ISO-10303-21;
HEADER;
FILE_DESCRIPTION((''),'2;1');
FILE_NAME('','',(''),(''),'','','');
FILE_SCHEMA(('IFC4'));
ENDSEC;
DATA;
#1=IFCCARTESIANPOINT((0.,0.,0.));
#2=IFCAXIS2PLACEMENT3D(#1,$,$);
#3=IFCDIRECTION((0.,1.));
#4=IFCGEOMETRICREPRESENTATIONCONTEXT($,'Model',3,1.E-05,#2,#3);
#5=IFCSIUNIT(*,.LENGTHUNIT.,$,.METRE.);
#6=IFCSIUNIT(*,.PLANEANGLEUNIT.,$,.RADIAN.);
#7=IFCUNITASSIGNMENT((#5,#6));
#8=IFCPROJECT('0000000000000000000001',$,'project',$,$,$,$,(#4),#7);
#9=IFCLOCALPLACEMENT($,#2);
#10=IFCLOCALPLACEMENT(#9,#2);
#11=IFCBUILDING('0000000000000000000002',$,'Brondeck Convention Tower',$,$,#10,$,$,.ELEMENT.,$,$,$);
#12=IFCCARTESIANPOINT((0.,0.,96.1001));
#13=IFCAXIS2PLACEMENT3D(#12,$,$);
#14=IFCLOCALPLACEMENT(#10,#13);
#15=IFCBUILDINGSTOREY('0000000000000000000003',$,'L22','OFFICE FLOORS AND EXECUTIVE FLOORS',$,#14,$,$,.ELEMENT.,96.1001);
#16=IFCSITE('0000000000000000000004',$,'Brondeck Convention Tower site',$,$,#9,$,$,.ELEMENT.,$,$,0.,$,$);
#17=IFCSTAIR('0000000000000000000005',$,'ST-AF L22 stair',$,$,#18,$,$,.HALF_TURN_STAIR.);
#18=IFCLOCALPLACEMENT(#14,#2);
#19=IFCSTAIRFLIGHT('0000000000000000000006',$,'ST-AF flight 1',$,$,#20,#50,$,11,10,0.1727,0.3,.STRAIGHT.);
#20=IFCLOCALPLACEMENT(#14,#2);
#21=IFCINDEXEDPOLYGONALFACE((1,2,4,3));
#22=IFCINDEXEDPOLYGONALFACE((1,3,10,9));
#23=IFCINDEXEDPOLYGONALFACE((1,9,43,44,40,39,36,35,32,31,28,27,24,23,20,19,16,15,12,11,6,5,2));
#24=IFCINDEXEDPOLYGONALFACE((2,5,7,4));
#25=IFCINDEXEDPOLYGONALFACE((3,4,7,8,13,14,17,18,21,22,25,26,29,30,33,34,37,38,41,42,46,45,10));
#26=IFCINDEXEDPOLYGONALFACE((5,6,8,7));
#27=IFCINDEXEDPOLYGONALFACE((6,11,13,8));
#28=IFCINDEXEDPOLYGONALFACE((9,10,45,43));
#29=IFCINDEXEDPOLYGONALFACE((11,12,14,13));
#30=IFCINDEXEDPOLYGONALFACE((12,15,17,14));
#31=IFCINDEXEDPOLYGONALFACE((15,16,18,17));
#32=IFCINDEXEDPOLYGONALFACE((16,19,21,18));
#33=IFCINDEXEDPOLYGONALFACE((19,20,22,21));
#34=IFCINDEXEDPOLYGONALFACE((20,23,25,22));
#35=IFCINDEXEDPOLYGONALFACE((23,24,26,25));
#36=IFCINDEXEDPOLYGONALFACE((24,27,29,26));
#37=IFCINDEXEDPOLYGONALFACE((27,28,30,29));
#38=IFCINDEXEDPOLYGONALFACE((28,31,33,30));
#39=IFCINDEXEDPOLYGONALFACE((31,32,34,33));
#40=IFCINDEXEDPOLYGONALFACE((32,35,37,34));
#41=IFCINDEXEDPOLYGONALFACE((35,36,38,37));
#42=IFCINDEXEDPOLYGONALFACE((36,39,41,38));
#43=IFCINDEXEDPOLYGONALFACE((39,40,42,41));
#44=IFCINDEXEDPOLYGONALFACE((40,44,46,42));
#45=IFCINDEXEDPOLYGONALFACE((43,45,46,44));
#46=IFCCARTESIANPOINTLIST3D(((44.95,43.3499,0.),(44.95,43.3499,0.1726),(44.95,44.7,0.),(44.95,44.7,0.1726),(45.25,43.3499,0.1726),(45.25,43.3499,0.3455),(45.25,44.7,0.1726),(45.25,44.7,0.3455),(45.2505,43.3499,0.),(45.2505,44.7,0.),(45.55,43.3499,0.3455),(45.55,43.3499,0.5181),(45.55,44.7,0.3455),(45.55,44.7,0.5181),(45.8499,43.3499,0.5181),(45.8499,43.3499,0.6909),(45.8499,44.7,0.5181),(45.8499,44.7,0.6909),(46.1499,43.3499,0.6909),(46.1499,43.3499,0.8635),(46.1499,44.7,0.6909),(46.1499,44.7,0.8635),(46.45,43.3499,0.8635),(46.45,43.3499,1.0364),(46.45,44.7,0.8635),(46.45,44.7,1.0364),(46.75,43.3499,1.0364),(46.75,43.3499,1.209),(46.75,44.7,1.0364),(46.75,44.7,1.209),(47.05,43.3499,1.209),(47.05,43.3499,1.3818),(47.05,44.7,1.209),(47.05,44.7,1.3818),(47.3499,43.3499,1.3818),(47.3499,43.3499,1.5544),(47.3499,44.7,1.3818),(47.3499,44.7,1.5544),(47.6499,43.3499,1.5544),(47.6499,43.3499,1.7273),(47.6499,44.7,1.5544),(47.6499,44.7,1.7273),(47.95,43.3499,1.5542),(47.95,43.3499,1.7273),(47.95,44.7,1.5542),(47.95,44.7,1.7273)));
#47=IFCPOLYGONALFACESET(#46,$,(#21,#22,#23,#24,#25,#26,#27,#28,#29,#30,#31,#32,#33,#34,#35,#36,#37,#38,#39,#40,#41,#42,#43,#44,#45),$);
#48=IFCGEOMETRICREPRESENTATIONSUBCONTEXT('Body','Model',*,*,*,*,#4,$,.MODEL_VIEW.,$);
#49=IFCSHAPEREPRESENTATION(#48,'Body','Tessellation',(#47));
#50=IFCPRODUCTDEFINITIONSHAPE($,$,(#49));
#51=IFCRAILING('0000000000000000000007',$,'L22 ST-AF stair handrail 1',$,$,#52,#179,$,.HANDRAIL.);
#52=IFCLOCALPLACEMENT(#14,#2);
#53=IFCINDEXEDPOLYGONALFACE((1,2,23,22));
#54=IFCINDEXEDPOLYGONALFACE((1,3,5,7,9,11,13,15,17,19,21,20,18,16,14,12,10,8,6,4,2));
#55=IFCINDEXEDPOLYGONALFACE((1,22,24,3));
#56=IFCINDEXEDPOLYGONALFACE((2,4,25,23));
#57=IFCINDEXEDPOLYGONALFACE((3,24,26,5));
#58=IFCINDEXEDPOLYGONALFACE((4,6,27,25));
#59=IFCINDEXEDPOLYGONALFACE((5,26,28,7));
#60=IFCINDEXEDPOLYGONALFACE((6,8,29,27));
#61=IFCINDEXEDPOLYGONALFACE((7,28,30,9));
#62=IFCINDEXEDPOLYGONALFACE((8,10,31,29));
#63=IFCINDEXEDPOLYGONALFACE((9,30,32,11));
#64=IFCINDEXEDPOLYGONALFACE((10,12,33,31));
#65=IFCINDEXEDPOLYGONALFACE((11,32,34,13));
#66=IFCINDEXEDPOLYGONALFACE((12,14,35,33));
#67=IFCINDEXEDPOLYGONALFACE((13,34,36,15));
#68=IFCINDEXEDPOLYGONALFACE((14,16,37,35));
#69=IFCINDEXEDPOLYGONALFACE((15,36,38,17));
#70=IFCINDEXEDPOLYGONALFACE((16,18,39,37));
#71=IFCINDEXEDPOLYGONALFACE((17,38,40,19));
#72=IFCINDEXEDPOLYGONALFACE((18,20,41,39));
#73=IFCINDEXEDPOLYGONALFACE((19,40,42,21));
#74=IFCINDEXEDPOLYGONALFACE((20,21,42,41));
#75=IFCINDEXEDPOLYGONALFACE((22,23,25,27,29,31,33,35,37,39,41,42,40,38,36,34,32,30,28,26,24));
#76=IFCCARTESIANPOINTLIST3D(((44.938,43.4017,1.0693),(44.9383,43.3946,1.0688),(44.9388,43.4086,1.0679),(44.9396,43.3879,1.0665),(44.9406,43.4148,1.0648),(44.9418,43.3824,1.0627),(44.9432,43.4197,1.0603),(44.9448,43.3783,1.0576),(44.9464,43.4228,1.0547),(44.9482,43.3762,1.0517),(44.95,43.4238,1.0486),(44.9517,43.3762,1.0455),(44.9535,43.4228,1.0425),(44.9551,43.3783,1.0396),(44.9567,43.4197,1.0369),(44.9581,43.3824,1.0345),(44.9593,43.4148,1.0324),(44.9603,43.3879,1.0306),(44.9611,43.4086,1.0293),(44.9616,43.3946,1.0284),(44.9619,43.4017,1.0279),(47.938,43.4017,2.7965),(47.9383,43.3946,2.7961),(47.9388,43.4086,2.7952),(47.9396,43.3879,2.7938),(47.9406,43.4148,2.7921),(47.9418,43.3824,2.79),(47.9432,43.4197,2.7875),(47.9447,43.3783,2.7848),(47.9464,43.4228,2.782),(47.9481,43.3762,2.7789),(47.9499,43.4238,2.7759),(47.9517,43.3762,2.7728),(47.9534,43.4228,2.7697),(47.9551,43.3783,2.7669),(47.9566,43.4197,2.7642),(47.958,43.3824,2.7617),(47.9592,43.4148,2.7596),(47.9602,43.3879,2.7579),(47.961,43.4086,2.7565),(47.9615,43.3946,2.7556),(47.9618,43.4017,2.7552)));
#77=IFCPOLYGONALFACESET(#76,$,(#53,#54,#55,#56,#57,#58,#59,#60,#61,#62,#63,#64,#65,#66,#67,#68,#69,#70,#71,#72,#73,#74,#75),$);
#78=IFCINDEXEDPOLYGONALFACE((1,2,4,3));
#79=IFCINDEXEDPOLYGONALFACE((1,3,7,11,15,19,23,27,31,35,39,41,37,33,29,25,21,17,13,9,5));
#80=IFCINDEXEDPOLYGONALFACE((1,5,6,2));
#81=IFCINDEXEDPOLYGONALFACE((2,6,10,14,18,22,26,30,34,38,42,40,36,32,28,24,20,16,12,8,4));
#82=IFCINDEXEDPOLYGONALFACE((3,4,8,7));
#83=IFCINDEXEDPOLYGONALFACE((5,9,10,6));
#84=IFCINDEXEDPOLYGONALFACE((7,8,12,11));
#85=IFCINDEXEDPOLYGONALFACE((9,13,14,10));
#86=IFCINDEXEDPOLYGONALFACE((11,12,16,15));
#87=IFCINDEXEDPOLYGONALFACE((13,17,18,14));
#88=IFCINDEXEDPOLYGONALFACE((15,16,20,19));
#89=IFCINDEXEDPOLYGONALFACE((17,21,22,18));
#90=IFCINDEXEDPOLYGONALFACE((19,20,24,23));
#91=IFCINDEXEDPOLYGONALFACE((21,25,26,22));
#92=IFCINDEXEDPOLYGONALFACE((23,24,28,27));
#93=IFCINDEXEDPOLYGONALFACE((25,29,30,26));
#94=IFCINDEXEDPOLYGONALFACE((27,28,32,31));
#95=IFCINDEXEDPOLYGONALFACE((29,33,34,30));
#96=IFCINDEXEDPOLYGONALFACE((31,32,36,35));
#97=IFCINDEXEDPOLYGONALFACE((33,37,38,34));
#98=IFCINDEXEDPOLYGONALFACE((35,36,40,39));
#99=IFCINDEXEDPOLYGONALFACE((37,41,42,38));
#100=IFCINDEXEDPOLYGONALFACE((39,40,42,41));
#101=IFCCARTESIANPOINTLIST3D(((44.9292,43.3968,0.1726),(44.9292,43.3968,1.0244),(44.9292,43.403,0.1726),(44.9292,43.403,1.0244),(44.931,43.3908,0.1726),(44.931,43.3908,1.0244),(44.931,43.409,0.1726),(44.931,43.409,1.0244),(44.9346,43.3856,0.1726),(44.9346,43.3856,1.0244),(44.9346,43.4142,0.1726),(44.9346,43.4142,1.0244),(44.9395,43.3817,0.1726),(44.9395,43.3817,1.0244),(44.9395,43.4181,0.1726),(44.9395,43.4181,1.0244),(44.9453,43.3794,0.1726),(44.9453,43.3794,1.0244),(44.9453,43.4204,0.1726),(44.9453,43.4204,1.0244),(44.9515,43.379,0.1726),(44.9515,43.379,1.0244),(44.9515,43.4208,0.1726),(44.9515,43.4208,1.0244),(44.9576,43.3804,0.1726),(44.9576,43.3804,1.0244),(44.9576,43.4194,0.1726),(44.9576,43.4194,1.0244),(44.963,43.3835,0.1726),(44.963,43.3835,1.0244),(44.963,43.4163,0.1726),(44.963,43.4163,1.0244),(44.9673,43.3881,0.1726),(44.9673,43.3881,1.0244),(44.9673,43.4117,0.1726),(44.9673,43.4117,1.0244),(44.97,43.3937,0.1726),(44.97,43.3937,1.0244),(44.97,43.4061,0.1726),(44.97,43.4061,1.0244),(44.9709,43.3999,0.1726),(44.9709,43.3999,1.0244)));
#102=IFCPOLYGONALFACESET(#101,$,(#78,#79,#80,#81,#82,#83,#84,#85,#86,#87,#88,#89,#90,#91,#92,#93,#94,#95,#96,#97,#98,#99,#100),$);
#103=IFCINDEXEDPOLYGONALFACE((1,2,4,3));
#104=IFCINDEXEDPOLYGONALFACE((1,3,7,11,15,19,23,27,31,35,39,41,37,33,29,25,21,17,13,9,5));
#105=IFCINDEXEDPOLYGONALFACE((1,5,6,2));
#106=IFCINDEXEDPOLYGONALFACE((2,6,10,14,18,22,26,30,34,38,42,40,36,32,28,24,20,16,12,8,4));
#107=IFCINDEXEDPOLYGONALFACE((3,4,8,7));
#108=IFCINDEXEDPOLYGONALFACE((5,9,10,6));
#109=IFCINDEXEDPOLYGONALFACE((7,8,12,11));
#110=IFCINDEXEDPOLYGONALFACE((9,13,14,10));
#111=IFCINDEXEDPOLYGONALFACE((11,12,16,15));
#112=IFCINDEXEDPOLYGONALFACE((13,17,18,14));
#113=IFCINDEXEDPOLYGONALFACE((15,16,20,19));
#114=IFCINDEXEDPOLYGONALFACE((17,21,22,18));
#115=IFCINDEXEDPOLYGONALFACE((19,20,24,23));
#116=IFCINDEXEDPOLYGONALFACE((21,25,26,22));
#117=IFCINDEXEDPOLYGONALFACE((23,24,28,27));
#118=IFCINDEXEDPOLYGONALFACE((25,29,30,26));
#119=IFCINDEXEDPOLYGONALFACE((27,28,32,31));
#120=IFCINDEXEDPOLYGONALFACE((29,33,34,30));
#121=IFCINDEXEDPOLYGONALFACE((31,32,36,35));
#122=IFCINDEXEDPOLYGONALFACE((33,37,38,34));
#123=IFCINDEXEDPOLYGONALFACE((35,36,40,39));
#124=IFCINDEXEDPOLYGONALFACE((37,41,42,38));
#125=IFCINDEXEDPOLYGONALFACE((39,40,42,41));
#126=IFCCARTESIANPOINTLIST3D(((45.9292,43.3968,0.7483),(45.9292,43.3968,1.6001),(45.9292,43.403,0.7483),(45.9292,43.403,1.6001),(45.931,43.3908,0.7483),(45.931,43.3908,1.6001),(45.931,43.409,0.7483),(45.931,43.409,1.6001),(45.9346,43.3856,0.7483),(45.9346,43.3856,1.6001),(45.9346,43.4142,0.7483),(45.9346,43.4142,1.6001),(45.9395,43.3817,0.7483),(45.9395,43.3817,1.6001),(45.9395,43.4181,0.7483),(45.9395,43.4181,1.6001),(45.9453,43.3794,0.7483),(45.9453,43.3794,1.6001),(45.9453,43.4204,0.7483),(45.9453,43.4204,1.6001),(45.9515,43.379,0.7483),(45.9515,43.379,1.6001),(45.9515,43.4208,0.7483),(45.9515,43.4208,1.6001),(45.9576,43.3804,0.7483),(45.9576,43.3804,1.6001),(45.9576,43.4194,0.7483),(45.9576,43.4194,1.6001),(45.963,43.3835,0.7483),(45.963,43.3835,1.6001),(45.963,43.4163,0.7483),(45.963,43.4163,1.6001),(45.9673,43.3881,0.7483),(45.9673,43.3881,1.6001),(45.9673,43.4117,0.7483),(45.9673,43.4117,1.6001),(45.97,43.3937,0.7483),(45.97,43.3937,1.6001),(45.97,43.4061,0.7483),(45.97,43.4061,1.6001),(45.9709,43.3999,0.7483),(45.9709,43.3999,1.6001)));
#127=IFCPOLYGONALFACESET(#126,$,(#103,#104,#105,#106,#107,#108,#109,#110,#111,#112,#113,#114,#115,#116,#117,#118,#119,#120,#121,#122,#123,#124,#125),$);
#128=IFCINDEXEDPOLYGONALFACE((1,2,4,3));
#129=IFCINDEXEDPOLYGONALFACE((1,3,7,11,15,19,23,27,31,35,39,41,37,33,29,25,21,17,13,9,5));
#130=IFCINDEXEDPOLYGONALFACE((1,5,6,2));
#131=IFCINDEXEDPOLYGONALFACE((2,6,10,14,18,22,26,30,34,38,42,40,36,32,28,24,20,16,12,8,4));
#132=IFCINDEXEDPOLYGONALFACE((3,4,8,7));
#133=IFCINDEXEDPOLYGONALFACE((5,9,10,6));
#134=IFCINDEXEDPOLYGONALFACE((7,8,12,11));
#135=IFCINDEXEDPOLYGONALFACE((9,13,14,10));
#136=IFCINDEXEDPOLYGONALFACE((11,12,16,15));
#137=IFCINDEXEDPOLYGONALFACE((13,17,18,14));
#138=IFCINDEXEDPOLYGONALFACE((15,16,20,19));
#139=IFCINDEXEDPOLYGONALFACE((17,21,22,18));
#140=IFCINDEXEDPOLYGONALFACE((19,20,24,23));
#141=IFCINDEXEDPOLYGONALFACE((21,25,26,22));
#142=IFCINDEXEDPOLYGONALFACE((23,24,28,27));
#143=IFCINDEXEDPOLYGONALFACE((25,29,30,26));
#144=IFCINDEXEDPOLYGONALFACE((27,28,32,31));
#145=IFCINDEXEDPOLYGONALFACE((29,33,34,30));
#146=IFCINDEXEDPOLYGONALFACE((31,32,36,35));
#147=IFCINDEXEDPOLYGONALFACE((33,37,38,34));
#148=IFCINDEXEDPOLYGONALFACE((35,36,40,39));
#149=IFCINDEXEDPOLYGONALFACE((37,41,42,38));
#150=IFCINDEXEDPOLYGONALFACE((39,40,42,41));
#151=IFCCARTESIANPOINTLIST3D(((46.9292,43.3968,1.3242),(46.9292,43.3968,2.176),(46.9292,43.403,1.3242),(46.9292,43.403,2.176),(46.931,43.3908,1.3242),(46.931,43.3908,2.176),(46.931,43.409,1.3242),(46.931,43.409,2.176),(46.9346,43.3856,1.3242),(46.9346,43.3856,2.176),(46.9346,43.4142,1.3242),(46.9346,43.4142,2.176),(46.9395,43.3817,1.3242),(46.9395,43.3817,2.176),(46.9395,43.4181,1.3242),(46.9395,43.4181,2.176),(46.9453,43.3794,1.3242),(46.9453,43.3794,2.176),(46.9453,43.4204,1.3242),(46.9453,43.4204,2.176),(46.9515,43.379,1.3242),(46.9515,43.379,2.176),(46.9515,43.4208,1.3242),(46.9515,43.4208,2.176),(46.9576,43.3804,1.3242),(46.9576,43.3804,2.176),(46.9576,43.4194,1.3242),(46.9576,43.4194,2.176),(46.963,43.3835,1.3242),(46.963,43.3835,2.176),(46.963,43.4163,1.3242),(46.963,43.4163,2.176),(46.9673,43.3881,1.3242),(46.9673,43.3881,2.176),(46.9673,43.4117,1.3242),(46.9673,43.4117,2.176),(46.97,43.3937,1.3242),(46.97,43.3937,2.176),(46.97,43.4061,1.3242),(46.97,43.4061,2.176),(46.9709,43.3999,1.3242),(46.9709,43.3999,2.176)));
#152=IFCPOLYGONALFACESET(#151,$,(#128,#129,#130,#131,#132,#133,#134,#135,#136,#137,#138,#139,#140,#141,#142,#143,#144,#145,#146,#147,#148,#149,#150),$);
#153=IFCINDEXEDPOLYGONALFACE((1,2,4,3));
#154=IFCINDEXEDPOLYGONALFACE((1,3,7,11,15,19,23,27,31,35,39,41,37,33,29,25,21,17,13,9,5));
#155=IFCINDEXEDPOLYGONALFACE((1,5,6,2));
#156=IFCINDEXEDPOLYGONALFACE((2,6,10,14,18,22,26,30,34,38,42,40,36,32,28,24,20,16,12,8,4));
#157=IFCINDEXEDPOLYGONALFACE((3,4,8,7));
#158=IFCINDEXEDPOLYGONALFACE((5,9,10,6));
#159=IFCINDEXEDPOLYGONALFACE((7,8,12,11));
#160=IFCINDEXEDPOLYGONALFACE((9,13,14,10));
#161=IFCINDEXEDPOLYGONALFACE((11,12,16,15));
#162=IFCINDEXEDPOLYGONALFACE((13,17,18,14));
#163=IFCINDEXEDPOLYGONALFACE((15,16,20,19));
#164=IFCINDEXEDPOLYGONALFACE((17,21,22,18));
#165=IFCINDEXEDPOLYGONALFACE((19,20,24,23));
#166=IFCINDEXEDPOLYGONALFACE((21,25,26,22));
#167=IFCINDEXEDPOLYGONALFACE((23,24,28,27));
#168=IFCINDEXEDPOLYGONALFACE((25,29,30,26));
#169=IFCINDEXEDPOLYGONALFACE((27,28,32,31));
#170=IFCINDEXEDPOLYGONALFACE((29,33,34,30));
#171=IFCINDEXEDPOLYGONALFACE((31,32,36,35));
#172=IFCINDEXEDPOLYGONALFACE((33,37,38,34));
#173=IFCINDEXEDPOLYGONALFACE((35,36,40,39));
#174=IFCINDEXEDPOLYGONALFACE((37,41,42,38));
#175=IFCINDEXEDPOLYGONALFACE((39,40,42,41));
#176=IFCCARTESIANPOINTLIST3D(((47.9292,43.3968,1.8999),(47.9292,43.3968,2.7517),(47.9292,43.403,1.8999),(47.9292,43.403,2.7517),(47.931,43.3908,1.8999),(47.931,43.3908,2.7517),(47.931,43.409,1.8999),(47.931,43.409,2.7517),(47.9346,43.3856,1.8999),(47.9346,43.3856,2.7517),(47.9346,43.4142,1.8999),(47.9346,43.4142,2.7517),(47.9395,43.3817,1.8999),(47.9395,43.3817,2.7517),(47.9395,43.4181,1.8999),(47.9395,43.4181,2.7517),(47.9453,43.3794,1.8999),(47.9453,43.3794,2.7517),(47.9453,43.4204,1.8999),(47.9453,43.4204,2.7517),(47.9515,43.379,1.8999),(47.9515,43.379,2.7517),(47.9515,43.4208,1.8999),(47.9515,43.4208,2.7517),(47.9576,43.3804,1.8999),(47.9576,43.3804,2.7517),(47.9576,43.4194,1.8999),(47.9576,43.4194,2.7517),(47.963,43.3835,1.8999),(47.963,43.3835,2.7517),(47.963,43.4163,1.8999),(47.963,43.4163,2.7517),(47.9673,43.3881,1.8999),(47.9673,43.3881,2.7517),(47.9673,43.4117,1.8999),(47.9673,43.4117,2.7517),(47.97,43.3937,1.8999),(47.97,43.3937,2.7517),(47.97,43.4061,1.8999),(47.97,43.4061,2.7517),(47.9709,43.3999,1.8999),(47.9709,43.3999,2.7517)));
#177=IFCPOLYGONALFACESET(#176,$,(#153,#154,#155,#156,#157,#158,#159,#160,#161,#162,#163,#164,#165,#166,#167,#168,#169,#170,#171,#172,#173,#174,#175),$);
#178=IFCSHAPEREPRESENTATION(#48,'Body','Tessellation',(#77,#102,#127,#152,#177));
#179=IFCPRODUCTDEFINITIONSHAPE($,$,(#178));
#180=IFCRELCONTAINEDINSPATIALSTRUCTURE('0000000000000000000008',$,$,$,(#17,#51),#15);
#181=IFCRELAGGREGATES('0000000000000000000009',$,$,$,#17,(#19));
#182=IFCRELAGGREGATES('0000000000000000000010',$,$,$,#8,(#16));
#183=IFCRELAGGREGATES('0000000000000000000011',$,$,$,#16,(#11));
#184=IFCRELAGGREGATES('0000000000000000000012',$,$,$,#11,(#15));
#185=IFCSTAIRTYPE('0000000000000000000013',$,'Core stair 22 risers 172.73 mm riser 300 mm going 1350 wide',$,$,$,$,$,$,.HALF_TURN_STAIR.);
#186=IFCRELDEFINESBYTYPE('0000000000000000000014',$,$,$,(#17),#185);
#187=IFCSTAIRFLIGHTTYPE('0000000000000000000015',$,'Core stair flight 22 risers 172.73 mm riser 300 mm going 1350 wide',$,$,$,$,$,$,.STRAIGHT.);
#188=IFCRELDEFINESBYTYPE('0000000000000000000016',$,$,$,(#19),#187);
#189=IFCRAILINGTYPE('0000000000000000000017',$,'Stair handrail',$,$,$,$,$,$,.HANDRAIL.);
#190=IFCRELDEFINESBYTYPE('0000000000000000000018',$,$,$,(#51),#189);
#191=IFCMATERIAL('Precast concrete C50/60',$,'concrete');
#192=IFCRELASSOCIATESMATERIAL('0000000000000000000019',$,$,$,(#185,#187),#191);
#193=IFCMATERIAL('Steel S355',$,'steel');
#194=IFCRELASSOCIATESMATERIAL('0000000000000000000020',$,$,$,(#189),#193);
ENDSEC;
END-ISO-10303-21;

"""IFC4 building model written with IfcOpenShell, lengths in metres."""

from ifc_helpers import new_model, si_unit, direction, frame, origin, origin_2d, place, context, subcontext, project, spatial, polyline, circle, outline, extrude, material, type_object, element, aggregate, save


model = new_model("IFC4")

# Units and contexts
model_context = context("Model", 3, precision=1e-05, world=origin(), true_north=direction((0.0, 1.0)))
body_context = subcontext(model_context, "Body", "Model", "MODEL_VIEW")
ifc_project = project(units=[si_unit("LENGTHUNIT", "METRE"), si_unit("PLANEANGLEUNIT", "RADIAN")], contexts=[model_context])

# Site, building, storey
site_placement = place(None, origin())
site = spatial("IfcSite", under=ifc_project, at=site_placement, Name="Brondeck Convention Tower site", CompositionType="ELEMENT", RefElevation=0.0)
building_placement = place(site_placement, origin())
building = spatial("IfcBuilding", under=site, at=building_placement, Name="Brondeck Convention Tower", CompositionType="ELEMENT")
storey_placement = place(building_placement, frame((0.0, 0.0, 96.1001)))
storey = spatial("IfcBuildingStorey", under=building, at=storey_placement, Name="L22", Description="OFFICE FLOORS AND EXECUTIVE FLOORS", CompositionType="ELEMENT", Elevation=96.1001)

# Shared definitions
ifc_material_1 = material(Name="Steel S355", Category="steel")

# Stair, stair flight
ifc_material_2 = material(Name="Precast concrete C50/60", Category="concrete")
stair_type = type_object("IfcStairType", Name="Core stair 22 risers 172.73 mm riser 300 mm going 1350 wide", PredefinedType="HALF_TURN_STAIR", material=ifc_material_2)
stair_placement = place(storey_placement, origin())
stair = element("IfcStair", 1, at=stair_placement, inside=storey, type_object=stair_type, Name="ST-AF L22 stair", PredefinedType="HALF_TURN_STAIR")
stair_flight_type = type_object("IfcStairFlightType", Name="Core stair flight 22 risers 172.73 mm riser 300 mm going 1350 wide", PredefinedType="STRAIGHT", material=ifc_material_2)
stair_flight_placement = place(storey_placement, frame((44.95, 44.0249, 0.0), z_axis=(0.0, 0.0, 1.0), x_axis=(1.0, 0.0, 0.0)))
stair_flight = element("IfcStairFlight", 2, at=stair_flight_placement, type_object=stair_flight_type, Name="ST-AF flight 1", NumberOfRisers=11, NumberOfTreads=10, PredefinedType="STRAIGHT", RiserHeight=0.1727, TreadLength=0.3, context=body_context, shape_type="SweptSolid", body=[
    extrude(outline(polyline([(0.0, 0.0), (0.0, 0.1726), (0.3, 0.1726), (0.3, 0.3455), (0.6001, 0.3455), (0.6001, 0.5181), (0.8999, 0.5181), (0.8999, 0.6909), (1.2, 0.6909), (1.2, 0.8635), (1.5, 0.8635), (1.5, 1.0364), (1.8, 1.0364), (1.8, 1.209), (2.1001, 1.209), (2.1001, 1.3818), (2.3999, 1.3818), (2.3999, 1.5544), (2.7, 1.5544), (2.7, 1.7273), (3.0, 1.7273), (3.0, 1.8999), (3.0, 1.5542), (0.3005, 0.0), (0.0, 0.0)])), frame((0.0, 0.675, 0.0), z_axis=(0.0, -1.0, 0.0), x_axis=(1.0, 0.0, 0.0)), (0.0, 0.0, 1.0), 1.3501),
])
aggregate(stair, [stair_flight])

# Railing
railing_type = type_object("IfcRailingType", Name="Stair handrail", PredefinedType="HANDRAIL", material=ifc_material_1)
railing_placement = place(storey_placement, frame((44.95, 43.3999, 0.1726)))
element("IfcRailing", 3, at=railing_placement, inside=storey, type_object=railing_type, Name="L22 ST-AF stair handrail 1", PredefinedType="HANDRAIL", context=body_context, shape_type="SweptSolid", body=[
    extrude(circle(Radius=0.0239, at=origin_2d()), frame((0.0, 0.0, 0.876), z_axis=(0.86662, 0.0, 0.498969), x_axis=(0.0, 1.0, 0.0)), (0.0, 0.0, 1.0), 3.4617),
    extrude(circle(Radius=0.021, at=origin_2d()), origin(), (0.0, 0.0, 1.0), 0.8518),
    extrude(circle(Radius=0.021, at=origin_2d()), frame((1.0, 0.0, 0.5757)), (0.0, 0.0, 1.0), 0.8518),
    extrude(circle(Radius=0.021, at=origin_2d()), frame((2.0, 0.0, 1.1516)), (0.0, 0.0, 1.0), 0.8518),
    extrude(circle(Radius=0.021, at=origin_2d()), frame((3.0, 0.0, 1.7273)), (0.0, 0.0, 1.0), 0.8518),
])

save(model, "model.ifc")
